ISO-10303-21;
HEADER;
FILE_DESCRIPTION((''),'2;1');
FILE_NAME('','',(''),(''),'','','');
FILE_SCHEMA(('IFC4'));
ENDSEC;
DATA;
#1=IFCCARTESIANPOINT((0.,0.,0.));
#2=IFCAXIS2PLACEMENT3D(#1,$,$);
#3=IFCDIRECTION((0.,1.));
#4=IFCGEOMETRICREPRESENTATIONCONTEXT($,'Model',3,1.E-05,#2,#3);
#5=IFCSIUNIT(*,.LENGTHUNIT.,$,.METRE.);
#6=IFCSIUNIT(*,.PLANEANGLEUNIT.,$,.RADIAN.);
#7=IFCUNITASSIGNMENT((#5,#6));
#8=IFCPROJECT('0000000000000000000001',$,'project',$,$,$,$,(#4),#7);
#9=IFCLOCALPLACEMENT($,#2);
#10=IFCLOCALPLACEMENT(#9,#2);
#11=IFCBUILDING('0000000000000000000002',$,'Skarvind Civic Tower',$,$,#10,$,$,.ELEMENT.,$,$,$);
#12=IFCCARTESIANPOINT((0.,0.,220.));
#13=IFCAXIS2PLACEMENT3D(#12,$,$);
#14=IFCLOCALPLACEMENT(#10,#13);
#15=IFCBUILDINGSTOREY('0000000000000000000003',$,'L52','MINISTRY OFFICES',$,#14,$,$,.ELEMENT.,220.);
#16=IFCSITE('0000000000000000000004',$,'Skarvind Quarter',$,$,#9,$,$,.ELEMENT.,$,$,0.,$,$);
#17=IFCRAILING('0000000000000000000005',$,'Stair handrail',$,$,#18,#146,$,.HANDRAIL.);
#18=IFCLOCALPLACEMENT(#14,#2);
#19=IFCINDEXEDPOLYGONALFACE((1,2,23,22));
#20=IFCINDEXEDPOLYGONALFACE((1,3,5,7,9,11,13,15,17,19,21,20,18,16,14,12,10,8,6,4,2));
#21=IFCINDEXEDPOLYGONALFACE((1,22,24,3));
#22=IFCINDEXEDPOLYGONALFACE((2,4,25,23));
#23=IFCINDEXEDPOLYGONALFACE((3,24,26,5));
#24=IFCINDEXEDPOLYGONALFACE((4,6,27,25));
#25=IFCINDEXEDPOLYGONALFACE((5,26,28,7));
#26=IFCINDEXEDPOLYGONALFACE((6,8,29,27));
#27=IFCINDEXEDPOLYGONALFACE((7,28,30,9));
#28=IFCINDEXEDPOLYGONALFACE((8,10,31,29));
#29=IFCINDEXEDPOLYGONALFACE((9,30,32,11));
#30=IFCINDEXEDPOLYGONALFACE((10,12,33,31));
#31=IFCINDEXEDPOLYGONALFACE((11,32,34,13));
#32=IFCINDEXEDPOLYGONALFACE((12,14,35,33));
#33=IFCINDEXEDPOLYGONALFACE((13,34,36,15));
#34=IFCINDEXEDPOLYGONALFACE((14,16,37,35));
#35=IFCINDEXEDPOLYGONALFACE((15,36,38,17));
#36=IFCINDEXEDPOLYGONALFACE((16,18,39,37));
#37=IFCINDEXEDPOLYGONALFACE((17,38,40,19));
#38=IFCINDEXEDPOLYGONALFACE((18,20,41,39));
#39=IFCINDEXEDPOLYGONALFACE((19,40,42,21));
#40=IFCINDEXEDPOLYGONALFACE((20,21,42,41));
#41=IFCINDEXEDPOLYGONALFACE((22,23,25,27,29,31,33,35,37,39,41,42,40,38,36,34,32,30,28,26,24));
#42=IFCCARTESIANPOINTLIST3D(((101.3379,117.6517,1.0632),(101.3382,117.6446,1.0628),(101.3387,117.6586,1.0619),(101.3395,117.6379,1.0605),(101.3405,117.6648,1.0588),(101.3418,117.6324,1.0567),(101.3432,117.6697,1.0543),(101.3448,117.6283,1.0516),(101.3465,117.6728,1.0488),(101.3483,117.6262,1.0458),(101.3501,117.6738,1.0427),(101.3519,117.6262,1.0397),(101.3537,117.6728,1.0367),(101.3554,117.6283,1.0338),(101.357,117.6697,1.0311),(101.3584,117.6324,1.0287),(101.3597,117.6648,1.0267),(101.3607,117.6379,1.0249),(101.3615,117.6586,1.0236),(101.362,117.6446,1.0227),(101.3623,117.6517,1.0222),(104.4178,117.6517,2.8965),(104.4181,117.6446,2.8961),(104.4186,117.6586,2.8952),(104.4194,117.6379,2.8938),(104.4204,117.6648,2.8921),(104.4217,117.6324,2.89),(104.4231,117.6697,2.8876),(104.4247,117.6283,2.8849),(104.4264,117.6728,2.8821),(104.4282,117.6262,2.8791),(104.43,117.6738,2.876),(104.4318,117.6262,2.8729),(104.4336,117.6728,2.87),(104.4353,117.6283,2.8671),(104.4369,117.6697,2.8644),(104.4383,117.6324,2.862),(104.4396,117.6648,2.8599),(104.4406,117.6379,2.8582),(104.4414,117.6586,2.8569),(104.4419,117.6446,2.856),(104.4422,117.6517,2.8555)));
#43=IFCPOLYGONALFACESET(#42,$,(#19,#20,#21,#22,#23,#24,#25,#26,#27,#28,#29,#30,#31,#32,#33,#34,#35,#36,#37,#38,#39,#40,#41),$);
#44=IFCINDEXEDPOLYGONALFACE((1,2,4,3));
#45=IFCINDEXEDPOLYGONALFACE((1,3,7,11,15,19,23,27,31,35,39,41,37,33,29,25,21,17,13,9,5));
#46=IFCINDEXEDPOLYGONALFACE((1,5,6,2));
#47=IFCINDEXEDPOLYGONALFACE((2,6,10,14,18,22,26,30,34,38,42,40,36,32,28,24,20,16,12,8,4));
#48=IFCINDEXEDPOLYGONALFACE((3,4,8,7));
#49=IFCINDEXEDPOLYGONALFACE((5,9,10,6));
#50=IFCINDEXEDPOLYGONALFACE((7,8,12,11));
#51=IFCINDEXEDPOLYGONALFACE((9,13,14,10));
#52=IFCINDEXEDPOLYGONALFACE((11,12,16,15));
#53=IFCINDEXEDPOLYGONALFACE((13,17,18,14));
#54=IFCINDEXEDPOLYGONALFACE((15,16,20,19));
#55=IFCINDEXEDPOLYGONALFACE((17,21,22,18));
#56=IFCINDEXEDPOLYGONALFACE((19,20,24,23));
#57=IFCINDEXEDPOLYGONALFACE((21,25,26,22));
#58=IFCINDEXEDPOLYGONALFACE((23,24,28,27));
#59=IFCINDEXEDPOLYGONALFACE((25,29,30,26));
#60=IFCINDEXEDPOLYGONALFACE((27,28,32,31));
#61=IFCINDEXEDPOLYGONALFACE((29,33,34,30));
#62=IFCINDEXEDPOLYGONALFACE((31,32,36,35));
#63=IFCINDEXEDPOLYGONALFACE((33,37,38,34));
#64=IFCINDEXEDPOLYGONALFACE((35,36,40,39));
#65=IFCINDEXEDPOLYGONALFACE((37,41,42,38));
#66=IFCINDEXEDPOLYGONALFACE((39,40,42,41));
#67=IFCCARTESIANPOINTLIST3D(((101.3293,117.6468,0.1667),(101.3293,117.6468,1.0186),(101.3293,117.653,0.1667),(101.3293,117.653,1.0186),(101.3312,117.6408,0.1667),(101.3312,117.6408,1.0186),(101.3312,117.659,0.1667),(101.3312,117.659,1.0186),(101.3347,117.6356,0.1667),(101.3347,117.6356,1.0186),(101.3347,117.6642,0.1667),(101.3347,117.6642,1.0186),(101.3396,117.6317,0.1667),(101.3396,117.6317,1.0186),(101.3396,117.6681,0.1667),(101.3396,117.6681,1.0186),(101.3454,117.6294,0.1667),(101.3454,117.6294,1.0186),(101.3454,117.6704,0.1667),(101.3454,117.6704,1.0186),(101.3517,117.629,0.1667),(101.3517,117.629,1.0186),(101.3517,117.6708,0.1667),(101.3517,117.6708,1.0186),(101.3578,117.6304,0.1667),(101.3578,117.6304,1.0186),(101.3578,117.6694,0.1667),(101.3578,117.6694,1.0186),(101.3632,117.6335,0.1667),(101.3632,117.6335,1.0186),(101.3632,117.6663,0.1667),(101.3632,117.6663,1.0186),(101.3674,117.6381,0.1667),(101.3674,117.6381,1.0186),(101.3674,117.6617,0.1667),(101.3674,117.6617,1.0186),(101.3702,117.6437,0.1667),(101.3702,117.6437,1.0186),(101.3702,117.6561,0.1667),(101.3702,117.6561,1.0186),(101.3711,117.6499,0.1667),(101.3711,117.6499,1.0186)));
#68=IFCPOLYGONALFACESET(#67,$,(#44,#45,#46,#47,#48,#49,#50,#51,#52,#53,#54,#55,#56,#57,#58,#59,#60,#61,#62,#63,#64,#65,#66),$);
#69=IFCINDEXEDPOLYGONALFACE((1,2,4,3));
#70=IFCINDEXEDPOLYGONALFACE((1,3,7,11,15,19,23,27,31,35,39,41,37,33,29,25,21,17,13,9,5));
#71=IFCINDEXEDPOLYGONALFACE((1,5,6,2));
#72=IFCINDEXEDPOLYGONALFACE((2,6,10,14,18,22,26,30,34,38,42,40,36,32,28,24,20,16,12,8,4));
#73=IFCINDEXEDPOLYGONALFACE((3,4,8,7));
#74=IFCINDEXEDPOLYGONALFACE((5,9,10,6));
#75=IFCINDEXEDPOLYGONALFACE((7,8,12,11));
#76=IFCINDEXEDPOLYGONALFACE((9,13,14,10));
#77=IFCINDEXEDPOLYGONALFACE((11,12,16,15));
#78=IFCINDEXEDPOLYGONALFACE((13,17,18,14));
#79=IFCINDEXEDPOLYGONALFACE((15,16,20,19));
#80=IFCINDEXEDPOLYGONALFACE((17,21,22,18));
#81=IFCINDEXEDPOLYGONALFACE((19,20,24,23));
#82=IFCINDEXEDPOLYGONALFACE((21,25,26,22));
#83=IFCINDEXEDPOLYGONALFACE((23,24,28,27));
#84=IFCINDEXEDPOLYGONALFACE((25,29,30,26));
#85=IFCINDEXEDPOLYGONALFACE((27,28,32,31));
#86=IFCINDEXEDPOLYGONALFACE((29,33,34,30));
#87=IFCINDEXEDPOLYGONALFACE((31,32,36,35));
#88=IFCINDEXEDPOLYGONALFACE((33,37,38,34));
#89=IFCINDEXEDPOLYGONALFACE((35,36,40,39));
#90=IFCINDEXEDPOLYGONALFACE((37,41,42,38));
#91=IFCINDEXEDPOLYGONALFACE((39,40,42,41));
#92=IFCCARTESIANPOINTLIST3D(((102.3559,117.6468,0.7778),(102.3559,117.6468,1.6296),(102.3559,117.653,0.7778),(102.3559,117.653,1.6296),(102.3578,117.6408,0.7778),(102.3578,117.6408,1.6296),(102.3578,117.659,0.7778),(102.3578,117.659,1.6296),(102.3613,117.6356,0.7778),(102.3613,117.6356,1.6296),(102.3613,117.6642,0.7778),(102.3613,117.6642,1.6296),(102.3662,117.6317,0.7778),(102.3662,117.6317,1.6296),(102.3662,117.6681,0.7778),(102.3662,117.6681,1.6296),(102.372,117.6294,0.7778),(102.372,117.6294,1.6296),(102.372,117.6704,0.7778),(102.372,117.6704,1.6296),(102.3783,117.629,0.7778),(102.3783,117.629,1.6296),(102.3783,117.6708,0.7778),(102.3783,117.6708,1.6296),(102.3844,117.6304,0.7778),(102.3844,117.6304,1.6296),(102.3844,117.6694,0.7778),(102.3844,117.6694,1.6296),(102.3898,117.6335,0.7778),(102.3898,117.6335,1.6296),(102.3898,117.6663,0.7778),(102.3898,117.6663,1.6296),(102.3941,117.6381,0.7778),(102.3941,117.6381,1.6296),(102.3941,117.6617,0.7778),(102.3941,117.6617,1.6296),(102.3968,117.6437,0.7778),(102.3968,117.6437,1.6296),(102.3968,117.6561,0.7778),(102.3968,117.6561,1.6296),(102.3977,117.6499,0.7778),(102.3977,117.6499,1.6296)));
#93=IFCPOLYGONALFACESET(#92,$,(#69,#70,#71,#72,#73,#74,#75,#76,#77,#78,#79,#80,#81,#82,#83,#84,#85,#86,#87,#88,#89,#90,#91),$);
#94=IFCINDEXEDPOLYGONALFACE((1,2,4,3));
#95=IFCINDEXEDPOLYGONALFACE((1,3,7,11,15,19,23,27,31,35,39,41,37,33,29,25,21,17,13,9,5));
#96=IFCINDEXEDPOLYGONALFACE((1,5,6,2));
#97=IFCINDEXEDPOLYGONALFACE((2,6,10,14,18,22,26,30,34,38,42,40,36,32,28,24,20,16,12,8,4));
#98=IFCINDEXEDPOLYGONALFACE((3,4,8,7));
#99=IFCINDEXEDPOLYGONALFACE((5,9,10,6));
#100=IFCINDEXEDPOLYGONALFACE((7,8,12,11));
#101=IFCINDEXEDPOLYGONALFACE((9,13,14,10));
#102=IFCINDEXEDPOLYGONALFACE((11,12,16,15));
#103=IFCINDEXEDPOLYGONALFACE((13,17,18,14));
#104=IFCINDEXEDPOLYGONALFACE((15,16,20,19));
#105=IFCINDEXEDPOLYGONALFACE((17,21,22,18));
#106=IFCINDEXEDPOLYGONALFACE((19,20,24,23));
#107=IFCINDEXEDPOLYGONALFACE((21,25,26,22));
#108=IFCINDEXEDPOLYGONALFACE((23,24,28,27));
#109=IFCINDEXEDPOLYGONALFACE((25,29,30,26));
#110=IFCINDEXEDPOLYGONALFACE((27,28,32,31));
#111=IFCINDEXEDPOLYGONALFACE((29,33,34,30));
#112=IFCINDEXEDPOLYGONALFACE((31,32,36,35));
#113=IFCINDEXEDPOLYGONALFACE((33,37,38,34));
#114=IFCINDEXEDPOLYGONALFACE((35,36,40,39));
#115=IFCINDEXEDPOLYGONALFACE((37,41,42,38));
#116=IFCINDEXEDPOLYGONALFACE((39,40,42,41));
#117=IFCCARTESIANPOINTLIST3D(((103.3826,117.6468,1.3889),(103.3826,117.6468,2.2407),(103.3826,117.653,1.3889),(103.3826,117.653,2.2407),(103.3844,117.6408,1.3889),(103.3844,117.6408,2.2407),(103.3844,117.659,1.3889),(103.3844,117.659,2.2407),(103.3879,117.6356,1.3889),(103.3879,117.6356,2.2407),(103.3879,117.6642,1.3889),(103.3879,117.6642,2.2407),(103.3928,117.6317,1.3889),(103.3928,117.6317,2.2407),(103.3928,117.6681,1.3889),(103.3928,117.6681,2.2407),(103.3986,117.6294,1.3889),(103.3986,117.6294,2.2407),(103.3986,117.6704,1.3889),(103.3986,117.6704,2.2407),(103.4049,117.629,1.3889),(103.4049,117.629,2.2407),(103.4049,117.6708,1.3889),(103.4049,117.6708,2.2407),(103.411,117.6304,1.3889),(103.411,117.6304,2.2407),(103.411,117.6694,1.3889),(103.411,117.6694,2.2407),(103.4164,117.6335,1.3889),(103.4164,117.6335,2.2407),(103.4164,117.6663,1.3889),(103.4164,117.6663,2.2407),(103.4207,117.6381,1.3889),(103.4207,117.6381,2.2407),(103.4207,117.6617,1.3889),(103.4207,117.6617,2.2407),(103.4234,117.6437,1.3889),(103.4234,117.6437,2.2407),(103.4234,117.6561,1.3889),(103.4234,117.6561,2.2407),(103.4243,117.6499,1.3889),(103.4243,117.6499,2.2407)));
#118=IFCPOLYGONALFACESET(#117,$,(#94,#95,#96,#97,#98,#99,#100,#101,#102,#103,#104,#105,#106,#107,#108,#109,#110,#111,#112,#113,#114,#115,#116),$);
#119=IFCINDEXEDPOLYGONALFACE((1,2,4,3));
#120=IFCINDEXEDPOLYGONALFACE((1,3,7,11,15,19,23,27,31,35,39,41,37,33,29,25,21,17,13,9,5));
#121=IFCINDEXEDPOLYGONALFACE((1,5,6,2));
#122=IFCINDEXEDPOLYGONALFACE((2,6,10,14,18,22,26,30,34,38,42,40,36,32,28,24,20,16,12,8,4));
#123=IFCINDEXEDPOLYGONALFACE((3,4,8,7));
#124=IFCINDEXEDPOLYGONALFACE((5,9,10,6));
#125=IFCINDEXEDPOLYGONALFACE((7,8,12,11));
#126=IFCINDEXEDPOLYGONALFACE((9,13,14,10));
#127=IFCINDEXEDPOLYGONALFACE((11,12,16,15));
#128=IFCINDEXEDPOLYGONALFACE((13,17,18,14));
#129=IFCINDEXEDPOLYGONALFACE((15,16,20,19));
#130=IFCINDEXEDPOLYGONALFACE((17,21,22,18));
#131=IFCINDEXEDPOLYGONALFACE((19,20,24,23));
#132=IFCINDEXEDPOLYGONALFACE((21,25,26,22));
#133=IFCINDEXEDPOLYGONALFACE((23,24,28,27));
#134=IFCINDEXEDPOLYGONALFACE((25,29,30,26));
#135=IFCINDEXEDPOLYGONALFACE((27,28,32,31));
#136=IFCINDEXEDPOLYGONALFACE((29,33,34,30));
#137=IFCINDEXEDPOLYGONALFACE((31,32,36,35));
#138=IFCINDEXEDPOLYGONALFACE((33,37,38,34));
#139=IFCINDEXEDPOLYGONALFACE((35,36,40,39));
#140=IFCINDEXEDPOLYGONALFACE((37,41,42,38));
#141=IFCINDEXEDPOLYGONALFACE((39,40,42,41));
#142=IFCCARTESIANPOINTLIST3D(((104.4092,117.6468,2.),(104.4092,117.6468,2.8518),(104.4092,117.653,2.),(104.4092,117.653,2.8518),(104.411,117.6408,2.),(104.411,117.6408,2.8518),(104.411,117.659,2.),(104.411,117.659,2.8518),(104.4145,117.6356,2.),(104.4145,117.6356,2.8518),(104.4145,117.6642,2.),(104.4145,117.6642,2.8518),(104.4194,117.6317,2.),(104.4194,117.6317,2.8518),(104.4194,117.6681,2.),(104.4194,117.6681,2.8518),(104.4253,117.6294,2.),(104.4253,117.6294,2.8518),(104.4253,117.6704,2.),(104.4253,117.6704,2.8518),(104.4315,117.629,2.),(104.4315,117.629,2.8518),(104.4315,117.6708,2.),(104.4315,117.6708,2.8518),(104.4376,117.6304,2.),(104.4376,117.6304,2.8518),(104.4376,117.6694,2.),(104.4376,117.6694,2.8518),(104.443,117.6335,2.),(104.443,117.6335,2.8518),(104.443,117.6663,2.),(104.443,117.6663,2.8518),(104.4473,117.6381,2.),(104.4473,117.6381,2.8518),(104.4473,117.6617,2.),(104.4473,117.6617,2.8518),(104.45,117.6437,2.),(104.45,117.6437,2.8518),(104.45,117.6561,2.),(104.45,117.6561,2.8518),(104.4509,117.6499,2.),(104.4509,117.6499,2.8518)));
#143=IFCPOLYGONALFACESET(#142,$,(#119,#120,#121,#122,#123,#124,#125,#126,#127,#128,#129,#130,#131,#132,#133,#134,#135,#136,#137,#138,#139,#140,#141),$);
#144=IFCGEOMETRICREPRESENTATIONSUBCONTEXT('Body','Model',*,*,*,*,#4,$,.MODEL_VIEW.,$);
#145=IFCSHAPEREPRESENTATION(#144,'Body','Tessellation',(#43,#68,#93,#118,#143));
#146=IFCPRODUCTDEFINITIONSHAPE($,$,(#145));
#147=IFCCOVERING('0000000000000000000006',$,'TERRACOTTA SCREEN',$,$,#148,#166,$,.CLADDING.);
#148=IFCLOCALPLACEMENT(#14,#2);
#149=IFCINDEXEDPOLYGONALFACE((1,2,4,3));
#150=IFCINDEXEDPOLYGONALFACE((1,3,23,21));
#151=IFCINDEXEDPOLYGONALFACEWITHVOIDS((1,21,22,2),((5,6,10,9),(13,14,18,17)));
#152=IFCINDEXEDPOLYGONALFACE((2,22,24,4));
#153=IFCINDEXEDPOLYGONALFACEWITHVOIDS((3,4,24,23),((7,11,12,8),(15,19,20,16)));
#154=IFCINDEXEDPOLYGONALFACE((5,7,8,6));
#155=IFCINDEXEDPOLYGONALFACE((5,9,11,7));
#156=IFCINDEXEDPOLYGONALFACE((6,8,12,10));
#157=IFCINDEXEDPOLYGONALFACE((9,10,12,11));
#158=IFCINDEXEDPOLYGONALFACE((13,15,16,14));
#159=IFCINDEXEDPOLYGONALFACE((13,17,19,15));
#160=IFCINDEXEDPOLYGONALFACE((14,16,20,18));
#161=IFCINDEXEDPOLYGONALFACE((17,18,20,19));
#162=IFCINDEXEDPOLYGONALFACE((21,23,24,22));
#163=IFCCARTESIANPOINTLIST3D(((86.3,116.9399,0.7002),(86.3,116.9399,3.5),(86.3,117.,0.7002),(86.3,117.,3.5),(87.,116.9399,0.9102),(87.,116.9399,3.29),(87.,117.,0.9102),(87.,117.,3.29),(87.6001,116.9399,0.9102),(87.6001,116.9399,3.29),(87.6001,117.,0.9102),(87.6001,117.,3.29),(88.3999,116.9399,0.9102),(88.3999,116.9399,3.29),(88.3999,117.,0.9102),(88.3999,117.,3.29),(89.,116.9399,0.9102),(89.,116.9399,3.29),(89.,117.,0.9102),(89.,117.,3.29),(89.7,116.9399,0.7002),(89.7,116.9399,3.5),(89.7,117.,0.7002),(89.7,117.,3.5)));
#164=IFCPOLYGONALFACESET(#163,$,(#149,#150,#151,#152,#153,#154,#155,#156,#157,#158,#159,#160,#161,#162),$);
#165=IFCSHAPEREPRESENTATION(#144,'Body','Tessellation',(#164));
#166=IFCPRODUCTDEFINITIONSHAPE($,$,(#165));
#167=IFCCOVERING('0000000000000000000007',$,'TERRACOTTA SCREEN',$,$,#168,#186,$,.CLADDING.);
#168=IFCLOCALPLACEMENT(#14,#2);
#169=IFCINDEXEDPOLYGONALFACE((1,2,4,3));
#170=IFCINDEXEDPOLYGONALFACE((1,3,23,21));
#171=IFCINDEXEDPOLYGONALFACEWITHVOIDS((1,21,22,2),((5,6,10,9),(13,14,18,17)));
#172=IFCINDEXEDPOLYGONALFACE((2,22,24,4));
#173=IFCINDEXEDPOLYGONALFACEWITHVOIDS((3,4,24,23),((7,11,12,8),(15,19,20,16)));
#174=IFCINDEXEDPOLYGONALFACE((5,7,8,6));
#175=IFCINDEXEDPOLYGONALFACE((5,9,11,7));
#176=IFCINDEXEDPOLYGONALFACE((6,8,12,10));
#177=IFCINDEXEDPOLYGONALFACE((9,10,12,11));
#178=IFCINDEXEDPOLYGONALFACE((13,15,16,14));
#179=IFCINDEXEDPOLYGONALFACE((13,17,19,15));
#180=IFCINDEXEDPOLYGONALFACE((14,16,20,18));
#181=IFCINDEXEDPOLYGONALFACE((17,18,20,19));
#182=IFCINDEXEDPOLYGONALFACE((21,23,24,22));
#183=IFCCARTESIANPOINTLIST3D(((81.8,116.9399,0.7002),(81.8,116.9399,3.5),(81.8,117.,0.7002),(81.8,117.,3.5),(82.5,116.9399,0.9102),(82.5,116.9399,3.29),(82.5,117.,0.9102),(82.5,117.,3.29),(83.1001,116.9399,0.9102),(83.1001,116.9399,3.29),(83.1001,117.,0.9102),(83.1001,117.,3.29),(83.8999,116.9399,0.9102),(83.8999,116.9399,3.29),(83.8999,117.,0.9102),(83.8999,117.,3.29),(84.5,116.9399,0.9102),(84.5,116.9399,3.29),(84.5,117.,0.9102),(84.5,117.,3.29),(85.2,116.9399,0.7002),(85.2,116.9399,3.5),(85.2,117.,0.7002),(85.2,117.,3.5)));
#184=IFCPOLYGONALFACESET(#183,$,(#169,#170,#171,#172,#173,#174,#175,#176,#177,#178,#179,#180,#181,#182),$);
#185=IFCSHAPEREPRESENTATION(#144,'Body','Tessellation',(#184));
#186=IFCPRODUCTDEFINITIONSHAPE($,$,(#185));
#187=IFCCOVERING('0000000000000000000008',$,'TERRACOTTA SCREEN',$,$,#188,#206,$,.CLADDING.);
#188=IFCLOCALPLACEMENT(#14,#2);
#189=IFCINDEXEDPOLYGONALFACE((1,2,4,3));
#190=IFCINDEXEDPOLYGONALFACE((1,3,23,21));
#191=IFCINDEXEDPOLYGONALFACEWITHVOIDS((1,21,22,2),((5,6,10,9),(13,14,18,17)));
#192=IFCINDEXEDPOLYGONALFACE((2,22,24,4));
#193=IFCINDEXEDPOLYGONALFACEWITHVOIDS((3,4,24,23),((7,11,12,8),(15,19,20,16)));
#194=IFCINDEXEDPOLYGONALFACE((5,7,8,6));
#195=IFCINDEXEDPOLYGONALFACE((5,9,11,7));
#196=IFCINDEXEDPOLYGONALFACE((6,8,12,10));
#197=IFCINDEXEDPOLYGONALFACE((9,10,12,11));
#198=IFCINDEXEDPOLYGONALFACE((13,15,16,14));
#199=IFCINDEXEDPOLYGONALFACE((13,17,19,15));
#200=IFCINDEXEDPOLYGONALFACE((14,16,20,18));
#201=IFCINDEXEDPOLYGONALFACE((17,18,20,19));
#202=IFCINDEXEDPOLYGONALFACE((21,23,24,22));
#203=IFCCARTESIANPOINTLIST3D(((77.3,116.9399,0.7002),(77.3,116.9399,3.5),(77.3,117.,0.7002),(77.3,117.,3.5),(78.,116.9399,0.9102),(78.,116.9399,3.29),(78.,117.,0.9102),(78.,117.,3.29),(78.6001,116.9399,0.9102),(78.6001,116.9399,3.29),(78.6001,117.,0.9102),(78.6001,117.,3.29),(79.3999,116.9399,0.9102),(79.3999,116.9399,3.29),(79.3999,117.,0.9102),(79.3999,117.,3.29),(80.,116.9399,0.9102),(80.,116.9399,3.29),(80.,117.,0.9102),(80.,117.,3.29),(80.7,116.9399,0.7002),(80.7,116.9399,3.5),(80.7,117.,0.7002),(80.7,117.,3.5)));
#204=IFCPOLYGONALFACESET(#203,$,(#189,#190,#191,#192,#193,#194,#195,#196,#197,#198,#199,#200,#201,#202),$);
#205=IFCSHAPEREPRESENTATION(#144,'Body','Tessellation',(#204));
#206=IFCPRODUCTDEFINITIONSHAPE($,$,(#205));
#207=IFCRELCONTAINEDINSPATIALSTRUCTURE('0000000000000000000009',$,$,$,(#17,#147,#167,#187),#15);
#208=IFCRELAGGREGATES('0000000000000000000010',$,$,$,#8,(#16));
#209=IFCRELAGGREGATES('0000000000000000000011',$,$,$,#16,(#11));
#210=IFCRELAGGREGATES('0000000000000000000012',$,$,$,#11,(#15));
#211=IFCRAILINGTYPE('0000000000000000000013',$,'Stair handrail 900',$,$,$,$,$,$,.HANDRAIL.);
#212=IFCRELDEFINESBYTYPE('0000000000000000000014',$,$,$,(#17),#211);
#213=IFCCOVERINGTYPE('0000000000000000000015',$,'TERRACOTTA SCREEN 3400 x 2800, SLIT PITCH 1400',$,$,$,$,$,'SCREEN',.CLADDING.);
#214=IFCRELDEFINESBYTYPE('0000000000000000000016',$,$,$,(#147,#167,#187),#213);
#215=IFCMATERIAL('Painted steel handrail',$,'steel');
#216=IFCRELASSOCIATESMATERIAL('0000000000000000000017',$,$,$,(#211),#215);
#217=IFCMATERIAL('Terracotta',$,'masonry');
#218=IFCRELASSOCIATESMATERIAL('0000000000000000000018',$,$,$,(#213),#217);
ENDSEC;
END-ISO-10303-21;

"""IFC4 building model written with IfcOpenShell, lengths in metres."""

from ifc_helpers import new_model, si_unit, direction, frame, origin, origin_2d, place, context, subcontext, project, spatial, polyline, circle, outline, extrude, material, material_profile, profile_set, type_object, element, save


model = new_model("IFC4")

# Units and contexts
model_context = context("Model", 3, precision=1e-05, world=origin(), true_north=direction((0.0, 1.0)))
body_context = subcontext(model_context, "Body", "Model", "MODEL_VIEW")
ifc_project = project(units=[si_unit("LENGTHUNIT", "METRE"), si_unit("PLANEANGLEUNIT", "RADIAN")], contexts=[model_context])

# Site, building, storey
site_placement = place(None, origin())
site = spatial("IfcSite", under=ifc_project, at=site_placement, Name="Skarvind Quarter", CompositionType="ELEMENT", RefElevation=0.0)
building_placement = place(site_placement, origin())
building = spatial("IfcBuilding", under=site, at=building_placement, Name="Skarvind Civic Tower", CompositionType="ELEMENT")
storey_placement = place(building_placement, frame((0.0, 0.0, 220.0)))
storey = spatial("IfcBuildingStorey", under=building, at=storey_placement, Name="L52", Description="MINISTRY OFFICES", CompositionType="ELEMENT", Elevation=220.0)

# Railing
ifc_material_1 = material(Name="Painted steel handrail", Category="steel")
railing_type = type_object("IfcRailingType", Name="Stair handrail 900", PredefinedType="HANDRAIL", material=ifc_material_1)
railing_placement = place(storey_placement, frame((101.3501, 117.6499, 0.1667)))
element("IfcRailing", 1, at=railing_placement, inside=storey, type_object=railing_type, Name="Stair handrail", PredefinedType="HANDRAIL", context=body_context, shape_type="SweptSolid", body=[
    extrude(circle(Radius=0.0239, at=origin_2d()), frame((0.0, 0.0, 0.876), z_axis=(0.859291, 0.0, 0.511487), x_axis=(0.0, 1.0, 0.0)), (0.0, 0.0, 1.0), 3.5842),
    extrude(circle(Radius=0.021, at=origin_2d()), origin(), (0.0, 0.0, 1.0), 0.8518),
    extrude(circle(Radius=0.021, at=origin_2d()), frame((1.0266, 0.0, 0.6111)), (0.0, 0.0, 1.0), 0.8518),
    extrude(circle(Radius=0.021, at=origin_2d()), frame((2.0532, 0.0, 1.2222)), (0.0, 0.0, 1.0), 0.8518),
    extrude(circle(Radius=0.021, at=origin_2d()), frame((3.0798, 0.0, 1.8333)), (0.0, 0.0, 1.0), 0.8518),
])

# Coverings
ifc_material_2 = material(Name="Terracotta", Category="masonry")
ifc_material_profile_1 = material_profile(ifc_material_2, outline(polyline([(-1.7, -1.3999), (1.7, -1.3999), (1.7, 1.3999), (-1.7, 1.3999), (-1.7, -1.3999)]), holes=[polyline([(-1.0, -1.1899), (-0.3999, -1.1899), (-0.3999, 1.1899), (-1.0, 1.1899), (-1.0, -1.1899)]), polyline([(0.3999, -1.1899), (1.0, -1.1899), (1.0, 1.1899), (0.3999, 1.1899), (0.3999, -1.1899)])]), Name="TERRACOTTA SCREEN 3400 x 2800, SLIT PITCH 1400")
ifc_profile_set_1 = profile_set([ifc_material_profile_1], Name="Terracotta")
covering_type = type_object("IfcCoveringType", Name="TERRACOTTA SCREEN 3400 x 2800, SLIT PITCH 1400", ElementType="SCREEN", PredefinedType="CLADDING", material=ifc_profile_set_1)
for number, where, z_axis, x_axis, name in (
    (2, (88.0, 117.0, 2.1001), (0.0, -1.0, 0.0), (1.0, 0.0, 0.0), "TERRACOTTA SCREEN"),
    (3, (83.5, 117.0, 2.1001), (0.0, -1.0, 0.0), (1.0, 0.0, 0.0), "TERRACOTTA SCREEN"),
    (4, (79.0, 117.0, 2.1001), (0.0, -1.0, 0.0), (1.0, 0.0, 0.0), "TERRACOTTA SCREEN"),
):
    element("IfcCovering", number, at=place(storey_placement, frame(where, z_axis=z_axis, x_axis=x_axis)), inside=storey, type_object=covering_type, Name=name, PredefinedType="CLADDING", context=body_context, shape_type="SweptSolid", body=[
        extrude(outline(polyline([(-1.7, -1.3999), (1.7, -1.3999), (1.7, 1.3999), (-1.7, 1.3999), (-1.7, -1.3999)]), holes=[polyline([(-1.0, -1.1899), (-0.3999, -1.1899), (-0.3999, 1.1899), (-1.0, 1.1899), (-1.0, -1.1899)]), polyline([(0.3999, -1.1899), (1.0, -1.1899), (1.0, 1.1899), (0.3999, 1.1899), (0.3999, -1.1899)])]), origin(), (0.0, 0.0, 1.0), 0.0601),
    ])

save(model, "model.ifc")
